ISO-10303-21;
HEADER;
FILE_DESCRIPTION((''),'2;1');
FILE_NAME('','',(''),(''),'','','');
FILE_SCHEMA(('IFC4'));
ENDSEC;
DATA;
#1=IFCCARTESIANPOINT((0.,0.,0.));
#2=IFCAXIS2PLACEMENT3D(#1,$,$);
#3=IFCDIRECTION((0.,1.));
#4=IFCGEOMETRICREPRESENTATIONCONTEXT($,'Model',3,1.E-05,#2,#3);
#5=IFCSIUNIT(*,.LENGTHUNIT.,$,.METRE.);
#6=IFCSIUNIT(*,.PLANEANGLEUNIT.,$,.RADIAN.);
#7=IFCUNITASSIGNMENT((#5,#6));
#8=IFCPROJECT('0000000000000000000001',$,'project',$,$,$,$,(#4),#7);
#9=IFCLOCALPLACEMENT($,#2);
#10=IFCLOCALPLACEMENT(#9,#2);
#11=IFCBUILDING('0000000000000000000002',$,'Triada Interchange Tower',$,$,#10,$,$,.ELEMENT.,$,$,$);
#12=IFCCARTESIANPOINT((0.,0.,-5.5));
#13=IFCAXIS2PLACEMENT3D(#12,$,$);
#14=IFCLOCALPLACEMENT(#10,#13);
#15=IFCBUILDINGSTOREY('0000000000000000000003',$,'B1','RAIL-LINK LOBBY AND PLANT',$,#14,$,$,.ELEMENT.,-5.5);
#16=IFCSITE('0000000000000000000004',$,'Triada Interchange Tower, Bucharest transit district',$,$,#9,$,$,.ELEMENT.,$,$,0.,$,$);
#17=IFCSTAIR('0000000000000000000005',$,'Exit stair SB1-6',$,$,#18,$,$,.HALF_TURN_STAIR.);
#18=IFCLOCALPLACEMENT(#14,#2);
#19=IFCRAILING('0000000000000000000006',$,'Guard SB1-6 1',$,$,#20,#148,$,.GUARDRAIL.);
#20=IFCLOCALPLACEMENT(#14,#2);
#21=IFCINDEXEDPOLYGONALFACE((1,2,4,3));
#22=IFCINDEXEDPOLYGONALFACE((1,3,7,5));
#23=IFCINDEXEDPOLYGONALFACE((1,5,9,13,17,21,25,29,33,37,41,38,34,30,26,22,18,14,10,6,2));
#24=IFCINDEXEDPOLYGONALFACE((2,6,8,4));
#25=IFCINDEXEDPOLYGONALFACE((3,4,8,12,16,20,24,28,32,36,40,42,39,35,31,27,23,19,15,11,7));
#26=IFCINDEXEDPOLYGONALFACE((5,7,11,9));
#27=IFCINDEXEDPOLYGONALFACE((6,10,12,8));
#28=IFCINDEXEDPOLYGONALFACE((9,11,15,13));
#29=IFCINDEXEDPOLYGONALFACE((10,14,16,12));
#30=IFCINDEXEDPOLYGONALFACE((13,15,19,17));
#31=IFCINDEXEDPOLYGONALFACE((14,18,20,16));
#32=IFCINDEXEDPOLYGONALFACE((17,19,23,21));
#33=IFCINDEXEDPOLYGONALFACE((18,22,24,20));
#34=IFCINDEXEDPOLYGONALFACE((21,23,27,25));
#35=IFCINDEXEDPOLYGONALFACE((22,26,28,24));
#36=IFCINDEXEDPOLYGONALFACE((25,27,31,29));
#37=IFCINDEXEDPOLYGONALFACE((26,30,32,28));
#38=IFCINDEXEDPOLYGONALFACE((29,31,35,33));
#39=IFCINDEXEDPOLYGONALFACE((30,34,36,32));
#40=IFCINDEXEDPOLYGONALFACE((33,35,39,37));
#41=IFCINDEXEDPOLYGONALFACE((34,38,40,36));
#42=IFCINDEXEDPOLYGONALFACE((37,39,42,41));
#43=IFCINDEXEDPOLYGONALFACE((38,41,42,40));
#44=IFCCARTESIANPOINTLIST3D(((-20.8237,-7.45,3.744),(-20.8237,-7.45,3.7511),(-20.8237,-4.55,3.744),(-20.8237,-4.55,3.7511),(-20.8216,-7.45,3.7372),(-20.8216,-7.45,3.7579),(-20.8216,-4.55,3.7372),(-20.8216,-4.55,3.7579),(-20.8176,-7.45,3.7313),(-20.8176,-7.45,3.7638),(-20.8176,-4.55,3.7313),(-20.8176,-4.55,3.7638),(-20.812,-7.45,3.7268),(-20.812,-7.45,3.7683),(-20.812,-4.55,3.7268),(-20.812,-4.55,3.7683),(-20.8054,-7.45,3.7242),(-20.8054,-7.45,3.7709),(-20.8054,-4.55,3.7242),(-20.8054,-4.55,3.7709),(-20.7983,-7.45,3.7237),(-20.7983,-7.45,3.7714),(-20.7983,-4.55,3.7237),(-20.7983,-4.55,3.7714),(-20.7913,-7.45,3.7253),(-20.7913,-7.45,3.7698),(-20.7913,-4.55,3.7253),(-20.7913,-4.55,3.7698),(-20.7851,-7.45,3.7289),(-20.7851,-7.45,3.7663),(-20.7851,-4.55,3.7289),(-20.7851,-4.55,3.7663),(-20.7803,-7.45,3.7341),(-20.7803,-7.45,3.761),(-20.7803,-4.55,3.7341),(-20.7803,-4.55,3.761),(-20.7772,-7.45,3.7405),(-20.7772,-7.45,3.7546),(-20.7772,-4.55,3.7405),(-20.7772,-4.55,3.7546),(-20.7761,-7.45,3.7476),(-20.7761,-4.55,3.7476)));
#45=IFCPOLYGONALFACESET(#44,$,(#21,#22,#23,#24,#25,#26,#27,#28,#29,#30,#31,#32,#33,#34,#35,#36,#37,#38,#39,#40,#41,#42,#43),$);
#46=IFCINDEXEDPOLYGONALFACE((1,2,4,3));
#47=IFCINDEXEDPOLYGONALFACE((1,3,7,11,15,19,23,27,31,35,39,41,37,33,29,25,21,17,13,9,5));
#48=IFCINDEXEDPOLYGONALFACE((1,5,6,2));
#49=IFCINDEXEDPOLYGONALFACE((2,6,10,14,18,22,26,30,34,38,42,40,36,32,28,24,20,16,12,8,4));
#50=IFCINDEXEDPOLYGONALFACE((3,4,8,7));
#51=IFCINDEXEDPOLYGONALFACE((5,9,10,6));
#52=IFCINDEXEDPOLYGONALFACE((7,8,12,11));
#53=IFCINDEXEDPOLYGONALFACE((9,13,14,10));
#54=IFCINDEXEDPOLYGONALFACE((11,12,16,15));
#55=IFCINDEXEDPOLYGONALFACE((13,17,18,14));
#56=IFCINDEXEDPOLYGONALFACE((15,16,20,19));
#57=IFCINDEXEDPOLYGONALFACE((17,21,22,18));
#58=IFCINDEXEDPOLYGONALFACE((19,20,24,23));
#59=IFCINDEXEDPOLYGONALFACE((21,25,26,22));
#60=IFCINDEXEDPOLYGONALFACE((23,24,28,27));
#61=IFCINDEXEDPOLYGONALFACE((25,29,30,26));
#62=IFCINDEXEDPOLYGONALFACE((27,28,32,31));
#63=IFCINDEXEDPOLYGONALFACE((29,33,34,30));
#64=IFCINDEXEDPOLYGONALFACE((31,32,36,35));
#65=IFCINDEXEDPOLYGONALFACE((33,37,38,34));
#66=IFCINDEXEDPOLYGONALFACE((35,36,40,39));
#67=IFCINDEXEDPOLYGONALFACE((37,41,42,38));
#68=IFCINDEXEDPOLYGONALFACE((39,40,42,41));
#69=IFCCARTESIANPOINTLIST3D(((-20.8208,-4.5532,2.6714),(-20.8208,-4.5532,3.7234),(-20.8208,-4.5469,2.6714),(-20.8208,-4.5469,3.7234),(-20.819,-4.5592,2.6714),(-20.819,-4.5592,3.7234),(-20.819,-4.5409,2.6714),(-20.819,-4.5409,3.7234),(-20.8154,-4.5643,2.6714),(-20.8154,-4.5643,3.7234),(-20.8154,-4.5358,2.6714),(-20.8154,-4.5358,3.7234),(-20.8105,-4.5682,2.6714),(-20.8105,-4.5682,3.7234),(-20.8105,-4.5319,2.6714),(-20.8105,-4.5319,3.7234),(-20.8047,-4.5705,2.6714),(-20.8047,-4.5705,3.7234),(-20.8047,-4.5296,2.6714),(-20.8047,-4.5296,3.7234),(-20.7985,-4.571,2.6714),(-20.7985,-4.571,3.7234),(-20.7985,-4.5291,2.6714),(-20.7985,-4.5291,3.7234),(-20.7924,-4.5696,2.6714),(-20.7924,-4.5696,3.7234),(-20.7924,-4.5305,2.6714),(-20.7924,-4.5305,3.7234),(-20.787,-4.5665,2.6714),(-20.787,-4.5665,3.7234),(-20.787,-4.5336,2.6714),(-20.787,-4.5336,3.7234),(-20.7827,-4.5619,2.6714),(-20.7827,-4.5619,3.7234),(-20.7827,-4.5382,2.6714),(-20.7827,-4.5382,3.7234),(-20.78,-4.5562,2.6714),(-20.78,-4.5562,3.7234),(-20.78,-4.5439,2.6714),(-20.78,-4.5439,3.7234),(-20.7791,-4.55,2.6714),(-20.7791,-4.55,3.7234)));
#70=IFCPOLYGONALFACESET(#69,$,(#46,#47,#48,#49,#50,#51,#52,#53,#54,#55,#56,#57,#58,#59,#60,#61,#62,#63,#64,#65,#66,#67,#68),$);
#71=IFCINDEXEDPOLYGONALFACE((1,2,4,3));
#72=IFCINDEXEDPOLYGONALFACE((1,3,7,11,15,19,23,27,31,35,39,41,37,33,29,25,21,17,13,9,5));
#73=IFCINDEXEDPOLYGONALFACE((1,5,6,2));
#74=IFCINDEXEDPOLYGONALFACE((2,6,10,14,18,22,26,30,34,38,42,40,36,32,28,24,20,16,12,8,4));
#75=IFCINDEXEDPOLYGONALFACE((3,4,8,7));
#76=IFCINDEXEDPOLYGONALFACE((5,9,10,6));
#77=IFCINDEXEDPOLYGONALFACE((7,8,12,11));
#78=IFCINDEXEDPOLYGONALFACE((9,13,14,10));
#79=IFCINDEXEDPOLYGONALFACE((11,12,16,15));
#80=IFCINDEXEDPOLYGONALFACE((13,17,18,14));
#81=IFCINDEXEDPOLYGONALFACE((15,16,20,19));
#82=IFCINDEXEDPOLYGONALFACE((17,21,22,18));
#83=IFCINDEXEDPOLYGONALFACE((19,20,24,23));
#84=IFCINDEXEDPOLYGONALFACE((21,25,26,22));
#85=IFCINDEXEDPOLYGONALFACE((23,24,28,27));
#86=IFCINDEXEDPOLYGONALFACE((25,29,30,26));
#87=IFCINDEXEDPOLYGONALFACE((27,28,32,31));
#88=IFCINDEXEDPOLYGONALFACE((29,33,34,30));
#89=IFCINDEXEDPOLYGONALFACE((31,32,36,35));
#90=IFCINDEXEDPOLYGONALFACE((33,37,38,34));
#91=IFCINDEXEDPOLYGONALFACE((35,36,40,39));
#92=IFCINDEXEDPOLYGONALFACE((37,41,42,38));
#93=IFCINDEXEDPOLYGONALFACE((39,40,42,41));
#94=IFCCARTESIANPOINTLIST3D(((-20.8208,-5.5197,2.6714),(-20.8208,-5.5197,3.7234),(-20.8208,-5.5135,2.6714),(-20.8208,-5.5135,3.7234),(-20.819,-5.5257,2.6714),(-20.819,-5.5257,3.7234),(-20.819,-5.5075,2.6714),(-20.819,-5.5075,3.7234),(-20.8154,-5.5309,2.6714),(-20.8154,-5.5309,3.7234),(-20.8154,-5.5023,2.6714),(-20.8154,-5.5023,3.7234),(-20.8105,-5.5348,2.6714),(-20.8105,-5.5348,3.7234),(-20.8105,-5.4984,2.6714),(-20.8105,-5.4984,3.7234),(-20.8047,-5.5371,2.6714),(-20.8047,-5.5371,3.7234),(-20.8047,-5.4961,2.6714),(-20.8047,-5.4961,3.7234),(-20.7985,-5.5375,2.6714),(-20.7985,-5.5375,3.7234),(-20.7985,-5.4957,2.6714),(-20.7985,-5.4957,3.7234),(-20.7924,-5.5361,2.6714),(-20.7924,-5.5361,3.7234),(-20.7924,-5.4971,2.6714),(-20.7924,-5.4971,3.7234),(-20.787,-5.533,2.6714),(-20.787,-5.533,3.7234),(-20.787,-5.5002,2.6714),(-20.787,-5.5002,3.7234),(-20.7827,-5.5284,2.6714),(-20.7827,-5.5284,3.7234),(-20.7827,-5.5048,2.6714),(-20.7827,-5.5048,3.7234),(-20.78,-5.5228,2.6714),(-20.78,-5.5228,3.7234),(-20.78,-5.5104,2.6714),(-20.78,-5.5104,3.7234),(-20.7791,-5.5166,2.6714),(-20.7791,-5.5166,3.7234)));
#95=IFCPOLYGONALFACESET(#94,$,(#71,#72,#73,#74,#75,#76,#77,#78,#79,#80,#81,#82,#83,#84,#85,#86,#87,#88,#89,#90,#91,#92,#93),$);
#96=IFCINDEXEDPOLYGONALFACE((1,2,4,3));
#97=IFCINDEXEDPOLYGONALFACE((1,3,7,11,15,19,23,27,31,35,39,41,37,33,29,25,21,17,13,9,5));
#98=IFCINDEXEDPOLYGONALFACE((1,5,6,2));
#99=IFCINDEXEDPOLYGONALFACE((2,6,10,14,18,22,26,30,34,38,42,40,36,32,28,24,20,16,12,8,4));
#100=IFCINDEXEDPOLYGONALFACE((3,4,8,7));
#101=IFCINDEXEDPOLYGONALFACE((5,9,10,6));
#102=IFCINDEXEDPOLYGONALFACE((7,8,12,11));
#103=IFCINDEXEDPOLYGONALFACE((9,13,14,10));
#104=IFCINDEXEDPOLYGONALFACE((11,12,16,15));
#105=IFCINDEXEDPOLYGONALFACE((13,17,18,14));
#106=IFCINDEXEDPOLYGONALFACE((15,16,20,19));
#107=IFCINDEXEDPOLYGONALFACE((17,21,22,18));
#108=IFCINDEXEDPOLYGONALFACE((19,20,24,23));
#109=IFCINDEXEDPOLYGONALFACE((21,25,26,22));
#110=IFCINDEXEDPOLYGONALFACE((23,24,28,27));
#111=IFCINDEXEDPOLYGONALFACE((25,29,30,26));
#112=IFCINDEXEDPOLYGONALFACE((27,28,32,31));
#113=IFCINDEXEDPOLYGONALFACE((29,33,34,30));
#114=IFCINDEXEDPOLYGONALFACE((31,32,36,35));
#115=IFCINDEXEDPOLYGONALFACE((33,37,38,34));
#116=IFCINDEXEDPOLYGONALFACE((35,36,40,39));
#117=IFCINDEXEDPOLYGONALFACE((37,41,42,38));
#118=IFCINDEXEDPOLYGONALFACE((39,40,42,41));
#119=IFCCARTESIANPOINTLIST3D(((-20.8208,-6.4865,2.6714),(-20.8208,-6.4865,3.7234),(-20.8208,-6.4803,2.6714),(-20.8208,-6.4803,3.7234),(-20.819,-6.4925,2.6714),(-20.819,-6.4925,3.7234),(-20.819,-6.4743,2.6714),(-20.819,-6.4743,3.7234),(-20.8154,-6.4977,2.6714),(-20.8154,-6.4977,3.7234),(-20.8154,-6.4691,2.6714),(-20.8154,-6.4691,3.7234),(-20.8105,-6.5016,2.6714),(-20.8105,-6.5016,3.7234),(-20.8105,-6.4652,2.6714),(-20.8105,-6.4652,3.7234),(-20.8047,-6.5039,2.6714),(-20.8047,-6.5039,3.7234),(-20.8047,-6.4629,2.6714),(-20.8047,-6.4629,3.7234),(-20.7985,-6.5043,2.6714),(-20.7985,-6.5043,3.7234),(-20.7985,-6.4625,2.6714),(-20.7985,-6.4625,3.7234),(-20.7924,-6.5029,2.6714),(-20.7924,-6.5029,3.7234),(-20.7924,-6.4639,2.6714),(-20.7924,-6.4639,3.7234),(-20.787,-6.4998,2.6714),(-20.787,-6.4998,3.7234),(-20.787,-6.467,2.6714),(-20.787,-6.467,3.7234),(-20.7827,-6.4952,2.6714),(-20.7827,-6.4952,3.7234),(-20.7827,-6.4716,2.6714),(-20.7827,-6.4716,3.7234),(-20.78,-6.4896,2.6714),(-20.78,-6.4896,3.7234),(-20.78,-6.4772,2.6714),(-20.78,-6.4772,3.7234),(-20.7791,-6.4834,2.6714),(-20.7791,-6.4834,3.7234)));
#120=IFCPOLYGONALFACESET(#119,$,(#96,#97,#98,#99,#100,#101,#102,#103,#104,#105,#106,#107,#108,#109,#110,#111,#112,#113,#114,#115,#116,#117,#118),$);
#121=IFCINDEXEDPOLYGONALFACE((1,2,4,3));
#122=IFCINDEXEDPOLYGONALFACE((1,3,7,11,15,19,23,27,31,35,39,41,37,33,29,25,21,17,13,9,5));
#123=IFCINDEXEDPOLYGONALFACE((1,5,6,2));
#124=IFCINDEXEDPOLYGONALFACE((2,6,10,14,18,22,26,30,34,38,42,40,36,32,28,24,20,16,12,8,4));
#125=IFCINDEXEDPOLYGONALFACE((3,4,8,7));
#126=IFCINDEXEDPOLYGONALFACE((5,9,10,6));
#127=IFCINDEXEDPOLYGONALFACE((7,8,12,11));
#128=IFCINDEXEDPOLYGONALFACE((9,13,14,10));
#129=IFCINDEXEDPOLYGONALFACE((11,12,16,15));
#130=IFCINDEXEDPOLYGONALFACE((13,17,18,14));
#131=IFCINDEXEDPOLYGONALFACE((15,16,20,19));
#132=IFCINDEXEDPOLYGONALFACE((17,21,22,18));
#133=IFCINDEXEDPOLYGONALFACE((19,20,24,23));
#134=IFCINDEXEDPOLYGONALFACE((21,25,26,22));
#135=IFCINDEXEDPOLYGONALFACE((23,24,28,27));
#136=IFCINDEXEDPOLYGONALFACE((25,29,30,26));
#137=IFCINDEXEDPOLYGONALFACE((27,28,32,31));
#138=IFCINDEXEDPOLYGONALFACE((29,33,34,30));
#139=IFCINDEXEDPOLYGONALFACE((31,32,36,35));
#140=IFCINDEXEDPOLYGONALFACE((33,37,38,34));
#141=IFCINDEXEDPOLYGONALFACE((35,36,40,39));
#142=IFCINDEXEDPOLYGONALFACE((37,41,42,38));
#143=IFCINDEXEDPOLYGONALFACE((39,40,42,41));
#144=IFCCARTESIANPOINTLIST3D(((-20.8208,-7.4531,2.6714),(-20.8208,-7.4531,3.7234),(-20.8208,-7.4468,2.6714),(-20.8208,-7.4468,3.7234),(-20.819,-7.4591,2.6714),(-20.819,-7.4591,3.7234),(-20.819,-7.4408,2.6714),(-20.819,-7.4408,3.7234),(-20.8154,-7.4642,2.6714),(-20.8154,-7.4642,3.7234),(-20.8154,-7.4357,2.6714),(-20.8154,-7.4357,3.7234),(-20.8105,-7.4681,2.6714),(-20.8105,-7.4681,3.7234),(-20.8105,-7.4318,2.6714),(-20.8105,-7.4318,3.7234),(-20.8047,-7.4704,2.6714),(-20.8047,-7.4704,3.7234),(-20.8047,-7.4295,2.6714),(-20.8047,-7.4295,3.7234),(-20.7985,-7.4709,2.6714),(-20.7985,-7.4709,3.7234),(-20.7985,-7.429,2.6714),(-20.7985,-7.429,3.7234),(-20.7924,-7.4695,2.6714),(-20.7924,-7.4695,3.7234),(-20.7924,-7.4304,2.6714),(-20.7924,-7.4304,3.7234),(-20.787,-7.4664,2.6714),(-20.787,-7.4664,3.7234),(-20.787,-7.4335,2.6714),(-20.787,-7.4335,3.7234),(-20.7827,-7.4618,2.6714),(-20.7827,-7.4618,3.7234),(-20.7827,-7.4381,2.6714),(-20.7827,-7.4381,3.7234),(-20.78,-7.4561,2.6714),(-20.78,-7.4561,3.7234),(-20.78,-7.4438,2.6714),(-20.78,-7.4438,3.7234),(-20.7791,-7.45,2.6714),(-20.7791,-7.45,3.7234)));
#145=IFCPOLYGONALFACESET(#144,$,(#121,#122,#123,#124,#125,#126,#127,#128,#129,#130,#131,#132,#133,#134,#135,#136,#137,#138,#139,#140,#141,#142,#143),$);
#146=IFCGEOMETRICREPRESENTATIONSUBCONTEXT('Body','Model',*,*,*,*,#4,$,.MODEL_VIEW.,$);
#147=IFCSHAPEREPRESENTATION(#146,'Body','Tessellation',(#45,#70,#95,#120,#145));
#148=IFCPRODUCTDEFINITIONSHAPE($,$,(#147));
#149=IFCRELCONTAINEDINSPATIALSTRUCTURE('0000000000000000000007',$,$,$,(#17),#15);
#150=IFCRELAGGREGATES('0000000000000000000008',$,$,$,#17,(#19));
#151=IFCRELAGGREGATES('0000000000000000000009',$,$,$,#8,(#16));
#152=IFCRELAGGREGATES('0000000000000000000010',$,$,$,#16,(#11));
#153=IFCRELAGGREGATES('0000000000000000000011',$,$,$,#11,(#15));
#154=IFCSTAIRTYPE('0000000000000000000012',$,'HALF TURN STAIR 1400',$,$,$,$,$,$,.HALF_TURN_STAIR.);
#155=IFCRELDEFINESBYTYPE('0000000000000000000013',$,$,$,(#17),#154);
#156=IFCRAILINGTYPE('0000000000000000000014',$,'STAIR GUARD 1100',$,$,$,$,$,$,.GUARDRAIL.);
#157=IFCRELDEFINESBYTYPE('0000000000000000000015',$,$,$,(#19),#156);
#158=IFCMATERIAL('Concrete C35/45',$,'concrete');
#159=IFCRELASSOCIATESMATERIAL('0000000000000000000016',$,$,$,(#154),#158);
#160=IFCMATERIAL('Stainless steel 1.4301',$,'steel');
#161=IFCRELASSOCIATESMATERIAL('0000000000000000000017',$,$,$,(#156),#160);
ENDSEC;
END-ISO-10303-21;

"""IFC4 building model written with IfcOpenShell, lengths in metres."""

from ifc_helpers import new_model, si_unit, direction, frame, origin, origin_2d, place, context, subcontext, project, spatial, circle, extrude, material, type_object, element, aggregate, save


model = new_model("IFC4")

# Units and contexts
model_context = context("Model", 3, precision=1e-05, world=origin(), true_north=direction((0.0, 1.0)))
body_context = subcontext(model_context, "Body", "Model", "MODEL_VIEW")
ifc_project = project(units=[si_unit("LENGTHUNIT", "METRE"), si_unit("PLANEANGLEUNIT", "RADIAN")], contexts=[model_context])

# Site, building, storey
site_placement = place(None, origin())
site = spatial("IfcSite", under=ifc_project, at=site_placement, Name="Triada Interchange Tower, Bucharest transit district", CompositionType="ELEMENT", RefElevation=0.0)
building_placement = place(site_placement, origin())
building = spatial("IfcBuilding", under=site, at=building_placement, Name="Triada Interchange Tower", CompositionType="ELEMENT")
storey_placement = place(building_placement, frame((0.0, 0.0, -5.5)))
storey = spatial("IfcBuildingStorey", under=building, at=storey_placement, Name="B1", Description="RAIL-LINK LOBBY AND PLANT", CompositionType="ELEMENT", Elevation=-5.5)

# Shared definitions
ifc_material_1 = material(Name="Concrete C35/45", Category="concrete")

# Stair, railing
stair_type = type_object("IfcStairType", Name="HALF TURN STAIR 1400", PredefinedType="HALF_TURN_STAIR", material=ifc_material_1)
stair_placement = place(storey_placement, origin())
stair = element("IfcStair", 1, at=stair_placement, inside=storey, type_object=stair_type, Name="Exit stair SB1-6", PredefinedType="HALF_TURN_STAIR")
ifc_material_2 = material(Name="Stainless steel 1.4301", Category="steel")
railing_type = type_object("IfcRailingType", Name="STAIR GUARD 1100", PredefinedType="GUARDRAIL", material=ifc_material_2)
railing_placement = place(storey_placement, frame((-20.8, -4.55, 2.6714)))
railing = element("IfcRailing", 2, at=railing_placement, type_object=railing_type, Name="Guard SB1-6 1", PredefinedType="GUARDRAIL", context=body_context, shape_type="SweptSolid", body=[
    extrude(circle(Radius=0.0239, at=origin_2d()), frame((0.0, 0.0, 1.0762), z_axis=(0.0, -1.0, 0.0), x_axis=(1.0, 0.0, 0.0)), (0.0, 0.0, 1.0), 2.8999),
    extrude(circle(Radius=0.021, at=origin_2d()), origin(), (0.0, 0.0, 1.0), 1.052),
    extrude(circle(Radius=0.021, at=origin_2d()), frame((0.0, -0.9666, 0.0)), (0.0, 0.0, 1.0), 1.052),
    extrude(circle(Radius=0.021, at=origin_2d()), frame((0.0, -1.9333, 0.0)), (0.0, 0.0, 1.0), 1.052),
    extrude(circle(Radius=0.021, at=origin_2d()), frame((0.0, -2.8999, 0.0)), (0.0, 0.0, 1.0), 1.052),
])
aggregate(stair, [railing])

save(model, "model.ifc")
